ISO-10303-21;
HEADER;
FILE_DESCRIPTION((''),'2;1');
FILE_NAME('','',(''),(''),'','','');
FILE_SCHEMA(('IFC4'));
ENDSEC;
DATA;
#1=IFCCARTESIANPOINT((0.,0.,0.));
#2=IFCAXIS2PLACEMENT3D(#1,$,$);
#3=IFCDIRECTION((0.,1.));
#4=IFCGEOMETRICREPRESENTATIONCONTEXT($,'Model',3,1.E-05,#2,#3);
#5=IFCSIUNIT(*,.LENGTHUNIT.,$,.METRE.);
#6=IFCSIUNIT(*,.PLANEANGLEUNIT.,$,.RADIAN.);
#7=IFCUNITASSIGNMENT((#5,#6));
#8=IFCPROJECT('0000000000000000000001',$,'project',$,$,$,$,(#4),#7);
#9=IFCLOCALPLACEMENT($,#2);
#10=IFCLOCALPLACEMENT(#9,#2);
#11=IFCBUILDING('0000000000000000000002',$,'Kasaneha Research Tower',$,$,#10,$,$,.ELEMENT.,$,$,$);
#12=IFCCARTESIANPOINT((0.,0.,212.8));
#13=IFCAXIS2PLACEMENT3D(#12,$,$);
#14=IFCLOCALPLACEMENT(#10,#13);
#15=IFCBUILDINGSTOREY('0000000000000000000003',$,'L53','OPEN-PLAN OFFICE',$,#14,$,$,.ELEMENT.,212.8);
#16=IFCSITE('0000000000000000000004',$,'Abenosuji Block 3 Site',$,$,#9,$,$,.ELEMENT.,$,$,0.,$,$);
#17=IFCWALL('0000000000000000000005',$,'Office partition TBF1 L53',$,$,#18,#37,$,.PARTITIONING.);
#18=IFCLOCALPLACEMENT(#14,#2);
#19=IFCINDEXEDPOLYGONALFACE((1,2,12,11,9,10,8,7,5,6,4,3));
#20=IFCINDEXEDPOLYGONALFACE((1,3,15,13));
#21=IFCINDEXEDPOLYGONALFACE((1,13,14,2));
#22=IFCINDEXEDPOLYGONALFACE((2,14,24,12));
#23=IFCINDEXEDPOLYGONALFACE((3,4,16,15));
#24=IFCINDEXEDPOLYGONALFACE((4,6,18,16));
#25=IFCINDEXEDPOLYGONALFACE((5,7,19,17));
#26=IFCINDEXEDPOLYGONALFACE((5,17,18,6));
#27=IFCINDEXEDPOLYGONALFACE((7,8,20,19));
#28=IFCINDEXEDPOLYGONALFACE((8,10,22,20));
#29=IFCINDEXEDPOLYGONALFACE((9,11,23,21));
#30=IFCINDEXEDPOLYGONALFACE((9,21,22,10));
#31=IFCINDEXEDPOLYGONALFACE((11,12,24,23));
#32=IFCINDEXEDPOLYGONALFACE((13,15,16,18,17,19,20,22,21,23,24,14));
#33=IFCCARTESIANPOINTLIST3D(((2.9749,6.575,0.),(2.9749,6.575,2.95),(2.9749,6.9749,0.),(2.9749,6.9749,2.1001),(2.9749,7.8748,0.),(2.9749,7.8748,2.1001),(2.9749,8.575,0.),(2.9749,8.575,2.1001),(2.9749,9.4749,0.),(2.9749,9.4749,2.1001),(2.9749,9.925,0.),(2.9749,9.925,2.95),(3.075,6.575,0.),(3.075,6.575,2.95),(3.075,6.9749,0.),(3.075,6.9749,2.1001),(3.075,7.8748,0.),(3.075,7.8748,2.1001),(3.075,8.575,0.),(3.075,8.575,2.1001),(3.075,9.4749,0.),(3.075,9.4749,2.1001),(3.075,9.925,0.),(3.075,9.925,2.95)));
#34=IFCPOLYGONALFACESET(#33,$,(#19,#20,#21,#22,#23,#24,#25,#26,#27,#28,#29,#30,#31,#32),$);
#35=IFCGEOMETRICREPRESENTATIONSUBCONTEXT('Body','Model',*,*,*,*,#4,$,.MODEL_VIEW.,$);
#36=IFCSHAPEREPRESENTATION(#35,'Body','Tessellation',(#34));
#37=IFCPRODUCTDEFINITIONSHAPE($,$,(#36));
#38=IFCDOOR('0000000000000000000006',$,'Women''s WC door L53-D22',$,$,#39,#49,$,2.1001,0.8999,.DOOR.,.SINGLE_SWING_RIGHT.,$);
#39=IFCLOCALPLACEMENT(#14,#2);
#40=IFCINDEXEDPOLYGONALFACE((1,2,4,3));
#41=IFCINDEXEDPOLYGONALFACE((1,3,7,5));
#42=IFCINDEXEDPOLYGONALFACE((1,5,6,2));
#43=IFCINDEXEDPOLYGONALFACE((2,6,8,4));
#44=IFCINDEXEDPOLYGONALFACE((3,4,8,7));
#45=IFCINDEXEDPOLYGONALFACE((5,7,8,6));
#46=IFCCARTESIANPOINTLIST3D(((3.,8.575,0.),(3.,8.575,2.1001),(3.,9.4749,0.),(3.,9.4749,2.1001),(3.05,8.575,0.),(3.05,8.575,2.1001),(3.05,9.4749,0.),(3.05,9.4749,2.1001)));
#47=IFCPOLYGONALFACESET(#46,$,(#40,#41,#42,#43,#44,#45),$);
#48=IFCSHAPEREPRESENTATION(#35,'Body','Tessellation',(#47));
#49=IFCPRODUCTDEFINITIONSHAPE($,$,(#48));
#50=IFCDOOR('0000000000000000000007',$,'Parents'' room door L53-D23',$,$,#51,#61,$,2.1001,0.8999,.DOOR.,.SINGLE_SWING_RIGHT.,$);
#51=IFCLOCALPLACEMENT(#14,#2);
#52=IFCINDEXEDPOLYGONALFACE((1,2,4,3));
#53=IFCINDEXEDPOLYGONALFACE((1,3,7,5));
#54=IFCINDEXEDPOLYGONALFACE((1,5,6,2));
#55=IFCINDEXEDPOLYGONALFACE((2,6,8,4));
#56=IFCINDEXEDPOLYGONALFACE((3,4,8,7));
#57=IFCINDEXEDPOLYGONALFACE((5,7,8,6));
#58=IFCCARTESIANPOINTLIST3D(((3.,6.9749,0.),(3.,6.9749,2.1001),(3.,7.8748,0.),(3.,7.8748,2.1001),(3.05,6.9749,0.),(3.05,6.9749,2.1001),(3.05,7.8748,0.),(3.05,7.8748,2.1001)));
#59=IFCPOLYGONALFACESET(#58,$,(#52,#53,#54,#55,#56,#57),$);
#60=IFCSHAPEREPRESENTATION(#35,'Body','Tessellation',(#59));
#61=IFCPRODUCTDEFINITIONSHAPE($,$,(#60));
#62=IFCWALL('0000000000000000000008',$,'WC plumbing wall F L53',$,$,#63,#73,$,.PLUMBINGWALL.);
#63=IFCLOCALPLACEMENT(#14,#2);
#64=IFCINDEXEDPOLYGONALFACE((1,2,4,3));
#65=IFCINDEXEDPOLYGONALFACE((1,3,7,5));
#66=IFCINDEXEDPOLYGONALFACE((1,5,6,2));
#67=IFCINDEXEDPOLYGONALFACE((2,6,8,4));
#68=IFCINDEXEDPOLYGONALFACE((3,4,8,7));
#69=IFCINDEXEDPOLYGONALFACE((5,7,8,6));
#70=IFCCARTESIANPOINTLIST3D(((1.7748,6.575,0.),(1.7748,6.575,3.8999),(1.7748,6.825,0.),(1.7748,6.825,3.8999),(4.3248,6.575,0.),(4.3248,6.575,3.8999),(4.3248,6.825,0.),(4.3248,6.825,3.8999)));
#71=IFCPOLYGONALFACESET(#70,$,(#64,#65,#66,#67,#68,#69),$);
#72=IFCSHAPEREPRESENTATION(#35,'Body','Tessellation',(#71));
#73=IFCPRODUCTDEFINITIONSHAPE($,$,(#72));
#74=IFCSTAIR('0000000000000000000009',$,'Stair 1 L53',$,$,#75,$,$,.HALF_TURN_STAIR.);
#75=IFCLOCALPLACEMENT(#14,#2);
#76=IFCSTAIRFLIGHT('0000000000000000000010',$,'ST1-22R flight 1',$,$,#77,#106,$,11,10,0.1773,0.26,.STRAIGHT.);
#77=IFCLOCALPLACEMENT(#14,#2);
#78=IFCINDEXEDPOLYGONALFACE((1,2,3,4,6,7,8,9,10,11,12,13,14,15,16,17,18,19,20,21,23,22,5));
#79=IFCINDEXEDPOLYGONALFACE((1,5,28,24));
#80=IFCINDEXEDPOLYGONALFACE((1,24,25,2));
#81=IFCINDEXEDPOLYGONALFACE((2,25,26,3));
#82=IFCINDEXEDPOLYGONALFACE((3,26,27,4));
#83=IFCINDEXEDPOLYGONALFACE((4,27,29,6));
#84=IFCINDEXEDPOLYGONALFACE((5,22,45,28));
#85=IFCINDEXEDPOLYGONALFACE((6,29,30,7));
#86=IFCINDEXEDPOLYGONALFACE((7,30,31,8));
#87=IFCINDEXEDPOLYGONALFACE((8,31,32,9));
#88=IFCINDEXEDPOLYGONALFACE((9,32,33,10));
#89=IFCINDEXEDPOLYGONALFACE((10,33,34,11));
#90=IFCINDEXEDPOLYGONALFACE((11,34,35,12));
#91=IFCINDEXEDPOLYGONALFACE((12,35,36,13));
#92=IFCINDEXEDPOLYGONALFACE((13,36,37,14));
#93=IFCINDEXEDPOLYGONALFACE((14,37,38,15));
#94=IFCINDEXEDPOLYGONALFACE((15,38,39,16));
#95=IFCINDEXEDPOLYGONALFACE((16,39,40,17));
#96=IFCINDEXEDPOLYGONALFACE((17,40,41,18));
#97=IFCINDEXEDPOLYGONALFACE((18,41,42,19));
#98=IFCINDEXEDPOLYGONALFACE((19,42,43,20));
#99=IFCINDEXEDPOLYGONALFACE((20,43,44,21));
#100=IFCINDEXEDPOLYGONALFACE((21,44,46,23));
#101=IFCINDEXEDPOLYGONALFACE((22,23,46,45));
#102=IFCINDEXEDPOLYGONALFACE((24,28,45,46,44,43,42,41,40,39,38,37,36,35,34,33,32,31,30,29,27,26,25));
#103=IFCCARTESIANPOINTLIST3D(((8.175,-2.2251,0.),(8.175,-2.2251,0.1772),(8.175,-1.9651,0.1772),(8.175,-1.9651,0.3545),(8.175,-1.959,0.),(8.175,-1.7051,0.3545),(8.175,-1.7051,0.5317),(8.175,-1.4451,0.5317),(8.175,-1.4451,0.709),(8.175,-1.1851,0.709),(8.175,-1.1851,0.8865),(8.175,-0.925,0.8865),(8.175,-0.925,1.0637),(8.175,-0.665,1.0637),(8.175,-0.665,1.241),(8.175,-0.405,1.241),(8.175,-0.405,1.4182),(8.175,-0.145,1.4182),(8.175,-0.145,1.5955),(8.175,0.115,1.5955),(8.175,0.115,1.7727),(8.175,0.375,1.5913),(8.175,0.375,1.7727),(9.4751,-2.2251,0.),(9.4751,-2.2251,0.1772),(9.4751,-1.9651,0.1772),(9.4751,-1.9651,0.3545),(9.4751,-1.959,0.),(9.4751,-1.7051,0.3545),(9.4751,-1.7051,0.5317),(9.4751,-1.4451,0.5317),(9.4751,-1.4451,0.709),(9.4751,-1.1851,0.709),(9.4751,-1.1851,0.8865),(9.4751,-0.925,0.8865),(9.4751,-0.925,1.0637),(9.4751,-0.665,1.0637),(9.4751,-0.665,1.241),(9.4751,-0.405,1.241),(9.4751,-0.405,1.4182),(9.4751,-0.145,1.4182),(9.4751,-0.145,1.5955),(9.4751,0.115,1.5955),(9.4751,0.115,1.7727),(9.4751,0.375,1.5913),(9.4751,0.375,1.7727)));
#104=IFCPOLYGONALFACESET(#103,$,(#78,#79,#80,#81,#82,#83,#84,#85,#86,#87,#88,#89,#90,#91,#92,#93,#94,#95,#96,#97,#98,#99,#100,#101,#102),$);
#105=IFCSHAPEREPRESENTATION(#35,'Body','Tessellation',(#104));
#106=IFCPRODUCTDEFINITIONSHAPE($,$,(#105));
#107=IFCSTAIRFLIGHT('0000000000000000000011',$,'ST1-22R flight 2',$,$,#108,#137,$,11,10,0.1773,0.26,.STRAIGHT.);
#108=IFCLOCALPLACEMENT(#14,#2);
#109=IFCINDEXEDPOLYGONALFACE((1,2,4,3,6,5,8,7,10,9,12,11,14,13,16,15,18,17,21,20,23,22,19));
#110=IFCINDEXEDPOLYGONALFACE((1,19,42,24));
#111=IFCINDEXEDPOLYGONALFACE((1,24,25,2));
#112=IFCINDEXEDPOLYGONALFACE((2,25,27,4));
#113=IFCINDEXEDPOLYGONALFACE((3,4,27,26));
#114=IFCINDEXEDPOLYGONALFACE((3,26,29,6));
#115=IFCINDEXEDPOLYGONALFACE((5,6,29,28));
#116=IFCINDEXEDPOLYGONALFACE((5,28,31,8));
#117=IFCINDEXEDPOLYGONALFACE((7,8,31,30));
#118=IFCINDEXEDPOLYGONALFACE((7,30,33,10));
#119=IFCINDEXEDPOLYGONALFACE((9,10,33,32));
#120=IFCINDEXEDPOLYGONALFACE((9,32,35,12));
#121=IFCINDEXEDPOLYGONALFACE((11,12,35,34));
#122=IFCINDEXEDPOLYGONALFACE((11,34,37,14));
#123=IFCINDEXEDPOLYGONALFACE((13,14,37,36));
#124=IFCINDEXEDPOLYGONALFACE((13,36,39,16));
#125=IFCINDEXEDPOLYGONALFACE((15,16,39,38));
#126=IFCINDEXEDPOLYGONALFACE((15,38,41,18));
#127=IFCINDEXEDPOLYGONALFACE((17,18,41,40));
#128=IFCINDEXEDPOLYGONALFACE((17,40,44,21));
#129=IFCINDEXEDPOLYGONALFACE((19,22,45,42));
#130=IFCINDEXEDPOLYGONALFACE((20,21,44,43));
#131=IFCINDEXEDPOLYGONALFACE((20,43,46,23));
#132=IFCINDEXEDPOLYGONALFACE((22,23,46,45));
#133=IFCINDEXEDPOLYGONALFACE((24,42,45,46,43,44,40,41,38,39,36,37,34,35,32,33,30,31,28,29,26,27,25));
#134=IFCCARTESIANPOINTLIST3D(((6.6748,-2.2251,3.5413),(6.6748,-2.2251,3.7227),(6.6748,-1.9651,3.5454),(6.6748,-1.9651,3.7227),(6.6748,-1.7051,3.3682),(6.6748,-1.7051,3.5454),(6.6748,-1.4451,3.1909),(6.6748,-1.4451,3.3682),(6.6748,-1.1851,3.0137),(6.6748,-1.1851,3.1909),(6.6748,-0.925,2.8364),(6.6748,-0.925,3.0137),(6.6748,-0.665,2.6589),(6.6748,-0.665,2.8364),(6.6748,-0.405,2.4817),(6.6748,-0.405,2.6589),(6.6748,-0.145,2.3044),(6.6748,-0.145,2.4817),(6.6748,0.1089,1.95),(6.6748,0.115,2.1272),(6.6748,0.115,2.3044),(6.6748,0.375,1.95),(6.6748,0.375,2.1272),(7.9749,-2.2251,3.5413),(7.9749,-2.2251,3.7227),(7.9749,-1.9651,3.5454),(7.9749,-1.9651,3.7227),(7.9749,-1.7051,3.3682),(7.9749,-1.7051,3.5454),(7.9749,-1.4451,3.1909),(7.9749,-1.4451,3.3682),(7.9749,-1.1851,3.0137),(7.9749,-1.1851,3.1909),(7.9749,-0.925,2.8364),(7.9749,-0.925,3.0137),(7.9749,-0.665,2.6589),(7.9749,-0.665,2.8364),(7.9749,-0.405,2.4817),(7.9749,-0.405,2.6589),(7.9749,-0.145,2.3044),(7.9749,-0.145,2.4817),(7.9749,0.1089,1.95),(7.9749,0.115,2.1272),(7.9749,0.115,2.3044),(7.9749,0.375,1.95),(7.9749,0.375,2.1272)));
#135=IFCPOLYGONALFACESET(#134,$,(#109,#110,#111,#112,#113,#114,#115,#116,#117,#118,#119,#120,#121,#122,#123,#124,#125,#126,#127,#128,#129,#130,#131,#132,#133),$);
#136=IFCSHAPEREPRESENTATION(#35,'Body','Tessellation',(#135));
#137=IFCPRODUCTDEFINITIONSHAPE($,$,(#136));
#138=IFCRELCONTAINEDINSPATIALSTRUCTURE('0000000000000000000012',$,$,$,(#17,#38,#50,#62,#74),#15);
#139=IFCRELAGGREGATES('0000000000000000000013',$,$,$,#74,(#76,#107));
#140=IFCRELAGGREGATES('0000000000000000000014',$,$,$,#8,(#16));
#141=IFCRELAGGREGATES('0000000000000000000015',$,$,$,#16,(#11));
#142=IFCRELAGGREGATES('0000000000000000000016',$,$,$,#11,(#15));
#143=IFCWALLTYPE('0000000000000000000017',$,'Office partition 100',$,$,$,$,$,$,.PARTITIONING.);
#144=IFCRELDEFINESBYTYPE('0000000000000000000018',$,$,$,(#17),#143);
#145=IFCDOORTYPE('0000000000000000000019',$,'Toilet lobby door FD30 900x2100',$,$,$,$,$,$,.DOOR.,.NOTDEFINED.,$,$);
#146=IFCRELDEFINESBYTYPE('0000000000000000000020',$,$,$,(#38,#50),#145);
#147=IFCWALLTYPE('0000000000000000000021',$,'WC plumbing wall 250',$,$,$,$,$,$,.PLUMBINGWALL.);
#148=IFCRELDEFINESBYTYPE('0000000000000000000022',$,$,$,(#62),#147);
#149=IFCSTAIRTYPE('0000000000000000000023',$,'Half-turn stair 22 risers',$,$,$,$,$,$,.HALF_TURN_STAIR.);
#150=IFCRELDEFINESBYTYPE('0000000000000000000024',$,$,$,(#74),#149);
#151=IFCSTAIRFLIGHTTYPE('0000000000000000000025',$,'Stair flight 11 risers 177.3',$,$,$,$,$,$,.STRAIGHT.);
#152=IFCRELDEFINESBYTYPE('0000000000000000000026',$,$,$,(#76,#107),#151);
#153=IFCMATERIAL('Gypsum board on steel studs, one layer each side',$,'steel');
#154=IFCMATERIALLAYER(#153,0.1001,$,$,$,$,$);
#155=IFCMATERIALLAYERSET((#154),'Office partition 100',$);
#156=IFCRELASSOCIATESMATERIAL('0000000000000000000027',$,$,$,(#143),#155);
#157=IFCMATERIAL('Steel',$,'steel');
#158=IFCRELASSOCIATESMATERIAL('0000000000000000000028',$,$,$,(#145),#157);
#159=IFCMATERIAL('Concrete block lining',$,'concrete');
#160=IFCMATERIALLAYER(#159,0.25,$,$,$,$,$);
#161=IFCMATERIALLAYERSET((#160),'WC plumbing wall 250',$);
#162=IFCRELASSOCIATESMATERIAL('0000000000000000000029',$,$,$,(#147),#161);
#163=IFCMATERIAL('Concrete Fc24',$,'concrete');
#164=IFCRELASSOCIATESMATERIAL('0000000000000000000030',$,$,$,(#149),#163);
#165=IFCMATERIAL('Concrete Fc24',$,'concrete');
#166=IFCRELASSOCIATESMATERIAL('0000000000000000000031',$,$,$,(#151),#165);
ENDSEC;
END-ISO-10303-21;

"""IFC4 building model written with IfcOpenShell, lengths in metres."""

from ifc_helpers import new_model, si_unit, direction, frame, frame_2d, origin, place, context, subcontext, project, spatial, polyline, rectangle, outline, extrude, material, layer, layer_set, type_object, element, fill, aggregate, save


model = new_model("IFC4")

# Units and contexts
model_context = context("Model", 3, precision=1e-05, world=origin(), true_north=direction((0.0, 1.0)))
body_context = subcontext(model_context, "Body", "Model", "MODEL_VIEW")
ifc_project = project(units=[si_unit("LENGTHUNIT", "METRE"), si_unit("PLANEANGLEUNIT", "RADIAN")], contexts=[model_context])

# Site, building, storey
site_placement = place(None, origin())
site = spatial("IfcSite", under=ifc_project, at=site_placement, Name="Abenosuji Block 3 Site", CompositionType="ELEMENT", RefElevation=0.0)
building_placement = place(site_placement, origin())
building = spatial("IfcBuilding", under=site, at=building_placement, Name="Kasaneha Research Tower", CompositionType="ELEMENT")
storey_placement = place(building_placement, frame((0.0, 0.0, 212.8)))
storey = spatial("IfcBuildingStorey", under=building, at=storey_placement, Name="L53", Description="OPEN-PLAN OFFICE", CompositionType="ELEMENT", Elevation=212.8)

# Wall, openings, doors
ifc_material_1 = material(Name="Gypsum board on steel studs, one layer each side", Category="steel")
ifc_layer_1 = layer(ifc_material_1, 0.1001)
ifc_layer_set_1 = layer_set([ifc_layer_1], Name="Office partition 100")
wall_type_1 = type_object("IfcWallType", Name="Office partition 100", PredefinedType="PARTITIONING", material=ifc_layer_set_1)
wall_1_placement = place(storey_placement, frame((3.0249, 6.575, 0.0), z_axis=(0.0, 0.0, 1.0), x_axis=(0.0, 1.0, 0.0)))
wall_1 = element("IfcWall", 1, at=wall_1_placement, inside=storey, type_object=wall_type_1, Name="Office partition TBF1 L53", PredefinedType="PARTITIONING", context=body_context, shape_type="SweptSolid", body=[
    extrude(rectangle(XDim=3.3501, YDim=0.1001, at=frame_2d((1.675, 0.0))), origin(), (0.0, 0.0, 1.0), 2.95),
])
opening_1_placement = place(wall_1_placement, frame((2.0, 0.0, 0.0)))
opening_1 = element("IfcOpeningElement", 2, at=opening_1_placement, cuts=wall_1, PredefinedType="OPENING", context=body_context, shape_type="SweptSolid", body=[
    extrude(rectangle(XDim=0.8999, YDim=2.1001, at=frame_2d((0.45, 1.05))), frame((0.0, 0.0601, 0.0), z_axis=(0.0, -1.0, 0.0), x_axis=(1.0, 0.0, 0.0)), (0.0, 0.0, 1.0), 0.1201),
])
opening_2_placement = place(wall_1_placement, frame((0.3999, 0.0, 0.0)))
opening_2 = element("IfcOpeningElement", 3, at=opening_2_placement, cuts=wall_1, PredefinedType="OPENING", context=body_context, shape_type="SweptSolid", body=[
    extrude(rectangle(XDim=0.8999, YDim=2.1001, at=frame_2d((0.45, 1.05))), frame((0.0, 0.0601, 0.0), z_axis=(0.0, -1.0, 0.0), x_axis=(1.0, 0.0, 0.0)), (0.0, 0.0, 1.0), 0.1201),
])
ifc_material_2 = material(Name="Steel", Category="steel")
door_type_1 = type_object("IfcDoorType", Name="Toilet lobby door FD30 900x2100", OperationType="NOTDEFINED", PredefinedType="DOOR", material=ifc_material_2)
door_1_placement = place(opening_1_placement, origin())
door_1 = element("IfcDoor", 4, at=door_1_placement, inside=storey, type_object=door_type_1, Name="Women's WC door L53-D22", OperationType="SINGLE_SWING_RIGHT", OverallHeight=2.1001, OverallWidth=0.8999, PredefinedType="DOOR", context=body_context, shape_type="SweptSolid", body=[
    extrude(rectangle(XDim=0.8999, YDim=2.1001, at=frame_2d((0.45, 1.05))), frame((0.0, 0.0249, 0.0), z_axis=(0.0, -1.0, 0.0), x_axis=(1.0, 0.0, 0.0)), (0.0, 0.0, 1.0), 0.05),
])
fill(opening_1, door_1)
door_2_placement = place(opening_2_placement, origin())
door_2 = element("IfcDoor", 5, at=door_2_placement, inside=storey, type_object=door_type_1, Name="Parents' room door L53-D23", OperationType="SINGLE_SWING_RIGHT", OverallHeight=2.1001, OverallWidth=0.8999, PredefinedType="DOOR", context=body_context, shape_type="SweptSolid", body=[
    extrude(rectangle(XDim=0.8999, YDim=2.1001, at=frame_2d((0.45, 1.05))), frame((0.0, 0.0249, 0.0), z_axis=(0.0, -1.0, 0.0), x_axis=(1.0, 0.0, 0.0)), (0.0, 0.0, 1.0), 0.05),
])
fill(opening_2, door_2)

# Wall
ifc_material_3 = material(Name="Concrete block lining", Category="concrete")
ifc_layer_2 = layer(ifc_material_3, 0.25)
ifc_layer_set_2 = layer_set([ifc_layer_2], Name="WC plumbing wall 250")
wall_type_2 = type_object("IfcWallType", Name="WC plumbing wall 250", PredefinedType="PLUMBINGWALL", material=ifc_layer_set_2)
wall_2_placement = place(storey_placement, frame((1.7749, 6.7, 0.0), z_axis=(0.0, 0.0, 1.0), x_axis=(1.0, 0.0, 0.0)))
element("IfcWall", 6, at=wall_2_placement, inside=storey, type_object=wall_type_2, Name="WC plumbing wall F L53", PredefinedType="PLUMBINGWALL", context=body_context, shape_type="SweptSolid", body=[
    extrude(rectangle(XDim=2.55, YDim=0.25, at=frame_2d((1.2749, 0.0))), origin(), (0.0, 0.0, 1.0), 3.8999),
])

# Stair, stair flights
ifc_material_4 = material(Name="Concrete Fc24", Category="concrete")
stair_type = type_object("IfcStairType", Name="Half-turn stair 22 risers", PredefinedType="HALF_TURN_STAIR", material=ifc_material_4)
stair_placement = place(storey_placement, origin())
stair = element("IfcStair", 7, at=stair_placement, inside=storey, type_object=stair_type, Name="Stair 1 L53", PredefinedType="HALF_TURN_STAIR")
ifc_material_5 = material(Name="Concrete Fc24", Category="concrete")
stair_flight_type = type_object("IfcStairFlightType", Name="Stair flight 11 risers 177.3", PredefinedType="STRAIGHT", material=ifc_material_5)
stair_flight_1_placement = place(storey_placement, frame((8.825, -2.2251, 0.0), z_axis=(0.0, 0.0, 1.0), x_axis=(0.0, 1.0, 0.0)))
stair_flight_1 = element("IfcStairFlight", 8, at=stair_flight_1_placement, type_object=stair_flight_type, Name="ST1-22R flight 1", NumberOfRisers=11, NumberOfTreads=10, PredefinedType="STRAIGHT", RiserHeight=0.1773, TreadLength=0.26, context=body_context, shape_type="SweptSolid", body=[
    extrude(outline(polyline([(0.0, 0.0), (0.0, 0.1772), (0.26, 0.1772), (0.26, 0.3545), (0.52, 0.3545), (0.52, 0.5317), (0.78, 0.5317), (0.78, 0.709), (1.04, 0.709), (1.04, 0.8865), (1.3, 0.8865), (1.3, 1.0637), (1.5601, 1.0637), (1.5601, 1.241), (1.8201, 1.241), (1.8201, 1.4182), (2.0801, 1.4182), (2.0801, 1.5955), (2.3401, 1.5955), (2.3401, 1.7727), (2.6001, 1.7727), (2.6001, 1.95), (2.6001, 1.5913), (0.2661, 0.0), (0.0, 0.0)])), frame((0.0, 0.6499, 0.0), z_axis=(0.0, -1.0, 0.0), x_axis=(1.0, 0.0, 0.0)), (0.0, 0.0, 1.0), 1.3),
])
stair_flight_2_placement = place(storey_placement, frame((7.325, 0.375, 1.95), z_axis=(0.0, 0.0, 1.0), x_axis=(0.0, -1.0, 0.0)))
stair_flight_2 = element("IfcStairFlight", 9, at=stair_flight_2_placement, type_object=stair_flight_type, Name="ST1-22R flight 2", NumberOfRisers=11, NumberOfTreads=10, PredefinedType="STRAIGHT", RiserHeight=0.1773, TreadLength=0.26, context=body_context, shape_type="SweptSolid", body=[
    extrude(outline(polyline([(0.0, 0.0), (0.0, 0.1772), (0.26, 0.1772), (0.26, 0.3545), (0.52, 0.3545), (0.52, 0.5317), (0.78, 0.5317), (0.78, 0.709), (1.04, 0.709), (1.04, 0.8865), (1.3, 0.8865), (1.3, 1.0637), (1.5601, 1.0637), (1.5601, 1.241), (1.8201, 1.241), (1.8201, 1.4182), (2.0801, 1.4182), (2.0801, 1.5955), (2.3401, 1.5955), (2.3401, 1.7727), (2.6001, 1.7727), (2.6001, 1.95), (2.6001, 1.5913), (0.2661, 0.0), (0.0, 0.0)])), frame((0.0, 0.6499, 0.0), z_axis=(0.0, -1.0, 0.0), x_axis=(1.0, 0.0, 0.0)), (0.0, 0.0, 1.0), 1.3),
])
aggregate(stair, [stair_flight_1, stair_flight_2])

save(model, "model.ifc")
